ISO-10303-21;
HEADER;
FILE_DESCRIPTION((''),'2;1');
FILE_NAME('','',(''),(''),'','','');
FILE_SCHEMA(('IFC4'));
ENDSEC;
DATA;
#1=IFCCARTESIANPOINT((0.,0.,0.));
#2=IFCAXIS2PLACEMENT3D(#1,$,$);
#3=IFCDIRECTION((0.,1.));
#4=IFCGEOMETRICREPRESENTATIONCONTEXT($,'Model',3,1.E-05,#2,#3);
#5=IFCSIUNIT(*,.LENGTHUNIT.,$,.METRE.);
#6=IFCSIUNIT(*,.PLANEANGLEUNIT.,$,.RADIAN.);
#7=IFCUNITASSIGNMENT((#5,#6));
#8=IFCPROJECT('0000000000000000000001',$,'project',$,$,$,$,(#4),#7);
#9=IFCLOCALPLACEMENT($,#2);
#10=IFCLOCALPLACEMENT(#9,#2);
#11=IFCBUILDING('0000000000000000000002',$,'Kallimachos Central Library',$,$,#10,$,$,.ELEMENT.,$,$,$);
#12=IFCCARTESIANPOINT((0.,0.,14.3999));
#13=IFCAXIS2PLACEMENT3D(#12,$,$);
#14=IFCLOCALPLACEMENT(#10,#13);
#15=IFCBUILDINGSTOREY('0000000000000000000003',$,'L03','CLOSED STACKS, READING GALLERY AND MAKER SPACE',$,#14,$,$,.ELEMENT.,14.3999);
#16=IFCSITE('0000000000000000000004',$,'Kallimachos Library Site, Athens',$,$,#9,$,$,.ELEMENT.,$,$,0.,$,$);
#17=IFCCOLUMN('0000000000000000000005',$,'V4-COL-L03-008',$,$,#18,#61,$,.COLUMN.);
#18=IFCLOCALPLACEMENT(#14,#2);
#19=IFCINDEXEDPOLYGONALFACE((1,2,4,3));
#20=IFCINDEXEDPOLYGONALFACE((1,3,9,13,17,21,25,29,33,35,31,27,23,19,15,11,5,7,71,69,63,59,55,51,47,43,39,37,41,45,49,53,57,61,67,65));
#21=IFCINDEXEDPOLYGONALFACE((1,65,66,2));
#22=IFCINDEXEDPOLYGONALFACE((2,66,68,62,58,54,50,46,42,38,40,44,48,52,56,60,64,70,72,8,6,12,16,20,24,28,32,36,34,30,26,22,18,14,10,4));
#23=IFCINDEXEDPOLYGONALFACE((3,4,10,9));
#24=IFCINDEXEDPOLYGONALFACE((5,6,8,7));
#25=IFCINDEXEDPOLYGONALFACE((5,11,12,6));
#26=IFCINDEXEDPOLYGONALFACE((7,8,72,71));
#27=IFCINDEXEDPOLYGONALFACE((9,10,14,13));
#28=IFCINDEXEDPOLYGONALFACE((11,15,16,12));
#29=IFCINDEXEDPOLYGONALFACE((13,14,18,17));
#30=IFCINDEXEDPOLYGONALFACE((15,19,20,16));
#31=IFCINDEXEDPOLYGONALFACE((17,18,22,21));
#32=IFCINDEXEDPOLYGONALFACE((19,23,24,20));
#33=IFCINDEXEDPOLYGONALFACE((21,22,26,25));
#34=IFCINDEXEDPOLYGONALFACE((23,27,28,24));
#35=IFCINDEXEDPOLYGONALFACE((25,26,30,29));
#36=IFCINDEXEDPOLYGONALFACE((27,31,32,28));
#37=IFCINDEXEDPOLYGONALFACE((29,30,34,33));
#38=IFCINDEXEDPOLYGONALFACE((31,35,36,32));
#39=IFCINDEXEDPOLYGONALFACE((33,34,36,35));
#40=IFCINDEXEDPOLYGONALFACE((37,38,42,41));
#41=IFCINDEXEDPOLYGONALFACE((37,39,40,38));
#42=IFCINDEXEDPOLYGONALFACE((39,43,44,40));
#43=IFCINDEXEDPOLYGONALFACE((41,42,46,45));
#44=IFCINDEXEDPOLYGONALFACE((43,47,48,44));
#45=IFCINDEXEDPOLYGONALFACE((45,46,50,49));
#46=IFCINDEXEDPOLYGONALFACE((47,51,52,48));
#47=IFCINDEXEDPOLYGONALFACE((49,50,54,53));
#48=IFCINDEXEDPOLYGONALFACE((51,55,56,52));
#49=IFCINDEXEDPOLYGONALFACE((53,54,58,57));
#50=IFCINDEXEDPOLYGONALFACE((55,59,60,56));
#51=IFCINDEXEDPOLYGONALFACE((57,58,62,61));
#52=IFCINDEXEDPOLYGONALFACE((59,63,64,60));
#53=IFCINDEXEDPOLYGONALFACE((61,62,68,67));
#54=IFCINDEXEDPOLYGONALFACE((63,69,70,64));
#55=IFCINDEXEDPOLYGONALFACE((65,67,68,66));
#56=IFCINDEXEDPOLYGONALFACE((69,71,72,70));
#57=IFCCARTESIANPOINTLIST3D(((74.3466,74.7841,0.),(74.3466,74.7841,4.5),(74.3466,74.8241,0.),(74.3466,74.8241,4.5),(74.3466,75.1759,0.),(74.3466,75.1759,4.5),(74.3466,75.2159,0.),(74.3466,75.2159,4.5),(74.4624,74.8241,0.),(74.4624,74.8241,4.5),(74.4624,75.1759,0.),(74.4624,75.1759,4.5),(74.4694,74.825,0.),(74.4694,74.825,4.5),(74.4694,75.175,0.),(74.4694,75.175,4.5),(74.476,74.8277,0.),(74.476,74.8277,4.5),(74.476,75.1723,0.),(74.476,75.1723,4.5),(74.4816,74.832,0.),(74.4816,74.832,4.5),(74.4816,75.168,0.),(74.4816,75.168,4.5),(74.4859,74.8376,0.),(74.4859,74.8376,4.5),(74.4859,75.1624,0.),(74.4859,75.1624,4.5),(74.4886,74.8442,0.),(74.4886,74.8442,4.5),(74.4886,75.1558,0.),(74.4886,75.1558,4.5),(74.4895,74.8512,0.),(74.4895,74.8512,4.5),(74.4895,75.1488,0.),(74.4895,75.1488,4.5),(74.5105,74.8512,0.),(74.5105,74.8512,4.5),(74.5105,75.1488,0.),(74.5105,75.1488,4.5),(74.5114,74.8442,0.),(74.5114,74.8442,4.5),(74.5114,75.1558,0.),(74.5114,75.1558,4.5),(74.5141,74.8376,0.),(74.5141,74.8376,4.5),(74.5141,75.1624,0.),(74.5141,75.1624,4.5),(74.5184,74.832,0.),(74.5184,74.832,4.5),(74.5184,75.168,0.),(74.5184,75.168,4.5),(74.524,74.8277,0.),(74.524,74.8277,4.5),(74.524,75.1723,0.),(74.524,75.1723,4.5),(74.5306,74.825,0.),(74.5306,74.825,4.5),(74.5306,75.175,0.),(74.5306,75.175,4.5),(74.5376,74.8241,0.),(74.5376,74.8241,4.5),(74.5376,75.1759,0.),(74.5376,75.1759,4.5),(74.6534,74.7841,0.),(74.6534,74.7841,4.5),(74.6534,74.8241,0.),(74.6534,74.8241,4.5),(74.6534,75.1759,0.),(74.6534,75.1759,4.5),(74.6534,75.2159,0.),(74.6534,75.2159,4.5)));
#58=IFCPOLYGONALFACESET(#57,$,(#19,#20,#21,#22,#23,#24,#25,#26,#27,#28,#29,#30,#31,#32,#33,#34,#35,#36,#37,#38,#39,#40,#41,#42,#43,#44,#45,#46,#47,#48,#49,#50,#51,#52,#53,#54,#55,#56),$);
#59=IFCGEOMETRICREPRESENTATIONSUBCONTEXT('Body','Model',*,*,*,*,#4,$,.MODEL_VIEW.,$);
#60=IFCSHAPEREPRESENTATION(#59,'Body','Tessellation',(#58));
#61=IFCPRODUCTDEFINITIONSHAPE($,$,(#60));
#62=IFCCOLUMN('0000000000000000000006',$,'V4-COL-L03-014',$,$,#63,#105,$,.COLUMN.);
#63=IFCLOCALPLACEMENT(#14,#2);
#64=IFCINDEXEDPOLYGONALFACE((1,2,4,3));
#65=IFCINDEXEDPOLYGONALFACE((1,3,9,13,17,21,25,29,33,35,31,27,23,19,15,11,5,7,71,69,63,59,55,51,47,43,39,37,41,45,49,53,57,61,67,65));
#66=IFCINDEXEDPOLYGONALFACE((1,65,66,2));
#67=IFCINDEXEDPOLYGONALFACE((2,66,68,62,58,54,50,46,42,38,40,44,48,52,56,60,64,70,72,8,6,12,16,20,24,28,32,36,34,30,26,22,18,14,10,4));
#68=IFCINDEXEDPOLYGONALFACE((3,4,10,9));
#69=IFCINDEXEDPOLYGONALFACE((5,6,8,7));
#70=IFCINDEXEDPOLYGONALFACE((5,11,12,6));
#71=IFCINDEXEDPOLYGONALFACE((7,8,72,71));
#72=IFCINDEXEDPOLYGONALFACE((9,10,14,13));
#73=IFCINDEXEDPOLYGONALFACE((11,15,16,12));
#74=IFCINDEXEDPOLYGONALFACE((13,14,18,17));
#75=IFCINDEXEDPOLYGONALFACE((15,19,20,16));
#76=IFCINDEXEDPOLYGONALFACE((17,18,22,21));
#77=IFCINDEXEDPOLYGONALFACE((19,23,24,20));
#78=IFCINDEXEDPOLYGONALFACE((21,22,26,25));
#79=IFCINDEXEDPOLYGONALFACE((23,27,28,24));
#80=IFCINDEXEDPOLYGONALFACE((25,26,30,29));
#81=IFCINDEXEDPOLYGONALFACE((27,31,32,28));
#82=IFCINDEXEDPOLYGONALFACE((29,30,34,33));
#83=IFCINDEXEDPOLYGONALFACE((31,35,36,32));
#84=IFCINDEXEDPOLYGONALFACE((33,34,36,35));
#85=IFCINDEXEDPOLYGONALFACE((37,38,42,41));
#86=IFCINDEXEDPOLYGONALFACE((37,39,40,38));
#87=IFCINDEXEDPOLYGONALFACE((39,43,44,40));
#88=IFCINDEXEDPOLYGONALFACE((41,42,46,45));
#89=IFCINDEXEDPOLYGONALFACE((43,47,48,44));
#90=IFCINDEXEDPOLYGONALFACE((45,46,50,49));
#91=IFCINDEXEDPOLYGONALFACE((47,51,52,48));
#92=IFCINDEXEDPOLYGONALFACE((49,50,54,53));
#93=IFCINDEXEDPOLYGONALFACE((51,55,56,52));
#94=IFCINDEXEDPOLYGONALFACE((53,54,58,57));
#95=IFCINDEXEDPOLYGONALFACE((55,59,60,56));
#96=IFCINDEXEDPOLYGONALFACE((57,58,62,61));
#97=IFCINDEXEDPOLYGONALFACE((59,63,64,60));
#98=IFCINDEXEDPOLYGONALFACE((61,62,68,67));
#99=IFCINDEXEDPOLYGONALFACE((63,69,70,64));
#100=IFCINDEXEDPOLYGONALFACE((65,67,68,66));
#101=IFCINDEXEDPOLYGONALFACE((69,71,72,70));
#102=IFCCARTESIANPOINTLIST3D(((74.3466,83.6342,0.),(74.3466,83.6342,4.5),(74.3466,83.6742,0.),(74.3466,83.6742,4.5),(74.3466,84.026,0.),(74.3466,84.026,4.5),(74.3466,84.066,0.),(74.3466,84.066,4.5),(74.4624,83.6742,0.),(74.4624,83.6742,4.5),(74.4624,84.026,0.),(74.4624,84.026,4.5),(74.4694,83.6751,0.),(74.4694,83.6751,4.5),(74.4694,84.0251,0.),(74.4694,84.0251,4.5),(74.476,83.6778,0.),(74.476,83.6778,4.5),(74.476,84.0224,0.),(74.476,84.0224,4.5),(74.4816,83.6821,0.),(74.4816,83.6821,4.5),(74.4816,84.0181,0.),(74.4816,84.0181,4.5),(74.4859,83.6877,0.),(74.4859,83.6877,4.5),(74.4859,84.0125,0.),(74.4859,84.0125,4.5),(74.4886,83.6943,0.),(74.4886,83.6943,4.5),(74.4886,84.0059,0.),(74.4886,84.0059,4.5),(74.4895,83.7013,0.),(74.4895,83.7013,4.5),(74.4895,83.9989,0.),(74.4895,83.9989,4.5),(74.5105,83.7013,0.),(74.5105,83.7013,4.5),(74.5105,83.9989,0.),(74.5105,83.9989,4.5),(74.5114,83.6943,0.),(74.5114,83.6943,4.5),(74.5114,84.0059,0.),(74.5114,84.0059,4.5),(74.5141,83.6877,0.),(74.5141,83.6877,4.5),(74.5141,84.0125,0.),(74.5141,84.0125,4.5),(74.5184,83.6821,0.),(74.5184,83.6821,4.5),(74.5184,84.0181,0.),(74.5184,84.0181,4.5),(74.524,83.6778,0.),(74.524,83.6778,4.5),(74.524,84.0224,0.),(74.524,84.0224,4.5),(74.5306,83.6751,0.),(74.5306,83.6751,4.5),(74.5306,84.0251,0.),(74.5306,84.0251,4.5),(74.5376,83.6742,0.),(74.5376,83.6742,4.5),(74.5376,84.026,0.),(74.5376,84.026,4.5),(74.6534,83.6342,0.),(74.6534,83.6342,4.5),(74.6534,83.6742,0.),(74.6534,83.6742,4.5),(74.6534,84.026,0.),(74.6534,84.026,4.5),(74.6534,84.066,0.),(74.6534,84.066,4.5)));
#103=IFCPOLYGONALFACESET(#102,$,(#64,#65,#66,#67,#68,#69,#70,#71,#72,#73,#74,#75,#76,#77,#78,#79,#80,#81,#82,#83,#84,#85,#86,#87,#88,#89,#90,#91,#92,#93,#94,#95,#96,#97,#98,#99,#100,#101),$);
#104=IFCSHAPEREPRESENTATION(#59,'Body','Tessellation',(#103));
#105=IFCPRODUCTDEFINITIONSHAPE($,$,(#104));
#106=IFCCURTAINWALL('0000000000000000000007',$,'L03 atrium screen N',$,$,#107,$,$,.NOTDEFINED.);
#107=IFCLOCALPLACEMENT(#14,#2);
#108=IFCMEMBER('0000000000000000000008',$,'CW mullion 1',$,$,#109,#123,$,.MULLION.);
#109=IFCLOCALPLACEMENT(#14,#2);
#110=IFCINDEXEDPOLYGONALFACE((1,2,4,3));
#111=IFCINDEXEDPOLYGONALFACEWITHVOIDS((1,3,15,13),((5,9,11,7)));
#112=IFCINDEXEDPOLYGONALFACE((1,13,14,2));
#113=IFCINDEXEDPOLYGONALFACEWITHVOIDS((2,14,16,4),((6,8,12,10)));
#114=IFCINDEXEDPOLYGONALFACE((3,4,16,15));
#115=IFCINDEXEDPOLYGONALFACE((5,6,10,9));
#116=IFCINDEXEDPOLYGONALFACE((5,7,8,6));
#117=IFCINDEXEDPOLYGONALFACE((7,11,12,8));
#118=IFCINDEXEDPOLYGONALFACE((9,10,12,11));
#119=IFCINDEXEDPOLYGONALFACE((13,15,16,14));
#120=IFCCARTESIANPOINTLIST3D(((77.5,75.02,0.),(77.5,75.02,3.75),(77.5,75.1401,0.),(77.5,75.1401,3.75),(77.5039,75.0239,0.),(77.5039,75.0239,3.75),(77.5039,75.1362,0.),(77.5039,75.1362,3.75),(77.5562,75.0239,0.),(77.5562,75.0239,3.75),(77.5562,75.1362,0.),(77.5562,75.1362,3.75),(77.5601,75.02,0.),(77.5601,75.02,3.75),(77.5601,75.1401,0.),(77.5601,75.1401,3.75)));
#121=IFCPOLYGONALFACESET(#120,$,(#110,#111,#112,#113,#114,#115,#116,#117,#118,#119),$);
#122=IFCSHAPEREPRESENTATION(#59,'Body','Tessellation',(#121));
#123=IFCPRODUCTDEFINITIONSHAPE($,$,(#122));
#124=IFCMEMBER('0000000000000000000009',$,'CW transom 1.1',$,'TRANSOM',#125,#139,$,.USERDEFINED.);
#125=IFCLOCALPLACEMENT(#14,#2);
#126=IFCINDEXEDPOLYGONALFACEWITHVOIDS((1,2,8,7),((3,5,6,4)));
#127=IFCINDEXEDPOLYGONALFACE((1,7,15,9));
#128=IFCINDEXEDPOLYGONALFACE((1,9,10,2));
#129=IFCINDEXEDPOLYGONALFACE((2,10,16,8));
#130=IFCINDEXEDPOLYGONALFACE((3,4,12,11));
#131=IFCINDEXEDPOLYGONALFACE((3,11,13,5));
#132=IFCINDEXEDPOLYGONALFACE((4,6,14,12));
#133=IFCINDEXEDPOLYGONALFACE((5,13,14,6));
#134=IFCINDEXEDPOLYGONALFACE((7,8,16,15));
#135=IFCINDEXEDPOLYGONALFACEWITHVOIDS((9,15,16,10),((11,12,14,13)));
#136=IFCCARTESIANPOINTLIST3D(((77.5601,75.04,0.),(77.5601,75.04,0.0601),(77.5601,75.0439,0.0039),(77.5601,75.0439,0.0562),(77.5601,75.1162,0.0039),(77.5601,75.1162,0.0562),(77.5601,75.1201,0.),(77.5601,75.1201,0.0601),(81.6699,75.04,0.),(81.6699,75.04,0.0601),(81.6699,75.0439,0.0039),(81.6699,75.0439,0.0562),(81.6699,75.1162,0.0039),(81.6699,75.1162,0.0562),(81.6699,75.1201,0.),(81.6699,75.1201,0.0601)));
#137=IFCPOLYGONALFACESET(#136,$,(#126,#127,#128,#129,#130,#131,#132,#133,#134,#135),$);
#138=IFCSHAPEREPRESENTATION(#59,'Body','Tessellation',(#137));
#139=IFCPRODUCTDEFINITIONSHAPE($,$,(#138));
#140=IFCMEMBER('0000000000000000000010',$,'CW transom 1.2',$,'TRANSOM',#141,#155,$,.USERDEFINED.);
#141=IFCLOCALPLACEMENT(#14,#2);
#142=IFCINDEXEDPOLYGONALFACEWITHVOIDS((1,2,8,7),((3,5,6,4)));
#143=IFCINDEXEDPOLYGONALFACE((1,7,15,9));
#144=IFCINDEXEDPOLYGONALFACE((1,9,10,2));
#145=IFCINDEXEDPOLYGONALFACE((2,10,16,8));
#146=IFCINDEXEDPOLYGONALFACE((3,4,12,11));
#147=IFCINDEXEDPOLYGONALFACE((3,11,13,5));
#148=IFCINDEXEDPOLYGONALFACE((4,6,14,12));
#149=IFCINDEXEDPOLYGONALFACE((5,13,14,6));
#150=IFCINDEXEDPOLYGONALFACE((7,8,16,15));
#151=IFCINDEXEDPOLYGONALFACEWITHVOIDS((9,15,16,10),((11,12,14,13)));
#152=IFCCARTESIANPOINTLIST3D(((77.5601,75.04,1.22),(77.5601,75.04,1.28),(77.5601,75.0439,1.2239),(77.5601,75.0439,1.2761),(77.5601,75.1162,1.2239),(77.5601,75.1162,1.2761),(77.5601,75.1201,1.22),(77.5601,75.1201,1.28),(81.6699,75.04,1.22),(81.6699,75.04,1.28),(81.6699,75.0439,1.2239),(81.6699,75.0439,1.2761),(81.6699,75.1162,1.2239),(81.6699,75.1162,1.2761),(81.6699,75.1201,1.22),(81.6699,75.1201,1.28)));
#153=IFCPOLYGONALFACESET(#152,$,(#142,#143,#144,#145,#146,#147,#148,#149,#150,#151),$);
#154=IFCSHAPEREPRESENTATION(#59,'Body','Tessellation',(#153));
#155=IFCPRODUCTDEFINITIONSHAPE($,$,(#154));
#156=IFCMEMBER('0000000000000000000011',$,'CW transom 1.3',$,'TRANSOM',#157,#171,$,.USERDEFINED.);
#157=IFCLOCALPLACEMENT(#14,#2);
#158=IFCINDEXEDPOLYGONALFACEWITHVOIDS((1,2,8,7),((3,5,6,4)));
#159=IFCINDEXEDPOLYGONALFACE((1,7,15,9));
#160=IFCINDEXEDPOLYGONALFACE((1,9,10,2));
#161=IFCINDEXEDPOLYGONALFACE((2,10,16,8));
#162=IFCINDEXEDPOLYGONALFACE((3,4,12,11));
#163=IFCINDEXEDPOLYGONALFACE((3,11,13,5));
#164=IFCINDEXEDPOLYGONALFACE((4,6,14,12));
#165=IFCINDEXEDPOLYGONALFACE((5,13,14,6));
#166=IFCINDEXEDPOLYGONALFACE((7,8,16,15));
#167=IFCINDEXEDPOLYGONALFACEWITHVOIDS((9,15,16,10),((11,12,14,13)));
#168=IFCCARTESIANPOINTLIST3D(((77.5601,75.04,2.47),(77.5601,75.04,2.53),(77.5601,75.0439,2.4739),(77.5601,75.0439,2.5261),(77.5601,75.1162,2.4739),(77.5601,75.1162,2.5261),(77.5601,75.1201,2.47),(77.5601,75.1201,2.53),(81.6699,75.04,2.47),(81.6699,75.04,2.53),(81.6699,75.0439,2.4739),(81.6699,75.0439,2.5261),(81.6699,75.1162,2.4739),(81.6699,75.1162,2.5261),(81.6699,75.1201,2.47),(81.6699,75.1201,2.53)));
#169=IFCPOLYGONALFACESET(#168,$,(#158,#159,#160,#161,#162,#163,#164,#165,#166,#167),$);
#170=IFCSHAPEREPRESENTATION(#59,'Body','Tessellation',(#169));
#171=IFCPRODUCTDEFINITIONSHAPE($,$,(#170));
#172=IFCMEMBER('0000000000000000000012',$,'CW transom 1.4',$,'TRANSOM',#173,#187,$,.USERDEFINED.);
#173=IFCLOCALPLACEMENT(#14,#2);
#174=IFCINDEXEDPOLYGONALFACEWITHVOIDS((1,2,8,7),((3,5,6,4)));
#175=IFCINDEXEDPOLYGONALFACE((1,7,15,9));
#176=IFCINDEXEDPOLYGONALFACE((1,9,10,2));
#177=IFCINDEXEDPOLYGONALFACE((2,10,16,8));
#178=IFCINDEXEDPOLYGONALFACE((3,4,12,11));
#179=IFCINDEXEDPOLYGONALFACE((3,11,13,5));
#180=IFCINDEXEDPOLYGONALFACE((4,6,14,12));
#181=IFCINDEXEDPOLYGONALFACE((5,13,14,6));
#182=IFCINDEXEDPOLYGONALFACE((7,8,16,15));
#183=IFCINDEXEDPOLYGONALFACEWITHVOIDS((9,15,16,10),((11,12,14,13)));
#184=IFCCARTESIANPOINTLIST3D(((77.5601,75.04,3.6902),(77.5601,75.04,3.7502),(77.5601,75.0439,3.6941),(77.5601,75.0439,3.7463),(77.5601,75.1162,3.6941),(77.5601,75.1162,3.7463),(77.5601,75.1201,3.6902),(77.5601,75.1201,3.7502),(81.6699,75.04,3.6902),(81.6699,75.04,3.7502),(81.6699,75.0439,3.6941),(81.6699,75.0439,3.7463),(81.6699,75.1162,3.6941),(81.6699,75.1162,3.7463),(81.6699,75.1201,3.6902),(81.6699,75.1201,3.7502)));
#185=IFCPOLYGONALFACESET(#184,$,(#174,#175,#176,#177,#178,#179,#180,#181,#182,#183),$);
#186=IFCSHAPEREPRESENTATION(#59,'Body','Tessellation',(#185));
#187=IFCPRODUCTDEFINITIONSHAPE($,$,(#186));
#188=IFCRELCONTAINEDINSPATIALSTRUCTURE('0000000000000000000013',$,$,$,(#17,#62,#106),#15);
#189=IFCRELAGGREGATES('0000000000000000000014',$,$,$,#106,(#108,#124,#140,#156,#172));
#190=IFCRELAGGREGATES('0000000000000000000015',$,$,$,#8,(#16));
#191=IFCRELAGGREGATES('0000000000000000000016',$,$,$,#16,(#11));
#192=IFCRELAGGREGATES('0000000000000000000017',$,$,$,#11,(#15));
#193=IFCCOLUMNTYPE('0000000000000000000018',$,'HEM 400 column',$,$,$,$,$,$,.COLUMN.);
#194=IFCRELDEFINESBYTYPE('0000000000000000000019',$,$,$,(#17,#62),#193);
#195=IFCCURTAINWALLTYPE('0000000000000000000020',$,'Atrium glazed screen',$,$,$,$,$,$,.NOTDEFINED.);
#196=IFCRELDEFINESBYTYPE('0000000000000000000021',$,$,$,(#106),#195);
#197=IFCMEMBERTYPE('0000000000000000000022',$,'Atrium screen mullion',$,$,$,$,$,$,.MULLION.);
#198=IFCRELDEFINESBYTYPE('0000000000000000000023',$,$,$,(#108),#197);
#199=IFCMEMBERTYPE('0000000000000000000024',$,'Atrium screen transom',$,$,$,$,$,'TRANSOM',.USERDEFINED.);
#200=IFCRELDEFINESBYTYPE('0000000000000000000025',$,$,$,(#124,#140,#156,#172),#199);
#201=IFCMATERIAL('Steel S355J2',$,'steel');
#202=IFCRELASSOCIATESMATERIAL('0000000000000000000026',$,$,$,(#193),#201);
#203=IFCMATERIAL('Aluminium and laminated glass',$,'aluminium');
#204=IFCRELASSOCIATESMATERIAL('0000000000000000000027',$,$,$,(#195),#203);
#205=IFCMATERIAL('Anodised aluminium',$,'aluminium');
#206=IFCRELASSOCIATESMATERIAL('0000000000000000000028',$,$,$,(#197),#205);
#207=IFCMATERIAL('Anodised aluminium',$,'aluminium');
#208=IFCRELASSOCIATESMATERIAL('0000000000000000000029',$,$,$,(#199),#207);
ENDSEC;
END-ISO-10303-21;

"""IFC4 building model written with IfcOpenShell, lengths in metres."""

from ifc_helpers import new_model, si_unit, direction, frame, origin, origin_2d, place, context, subcontext, project, spatial, hollow_rectangle, i_section, extrude, material, material_profile, profile_set, type_object, element, aggregate, save


model = new_model("IFC4")

# Units and contexts
model_context = context("Model", 3, precision=1e-05, world=origin(), true_north=direction((0.0, 1.0)))
body_context = subcontext(model_context, "Body", "Model", "MODEL_VIEW")
ifc_project = project(units=[si_unit("LENGTHUNIT", "METRE"), si_unit("PLANEANGLEUNIT", "RADIAN")], contexts=[model_context])

# Site, building, storey
site_placement = place(None, origin())
site = spatial("IfcSite", under=ifc_project, at=site_placement, Name="Kallimachos Library Site, Athens", CompositionType="ELEMENT", RefElevation=0.0)
building_placement = place(site_placement, origin())
building = spatial("IfcBuilding", under=site, at=building_placement, Name="Kallimachos Central Library", CompositionType="ELEMENT")
storey_placement = place(building_placement, frame((0.0, 0.0, 14.3999)))
storey = spatial("IfcBuildingStorey", under=building, at=storey_placement, Name="L03", Description="CLOSED STACKS, READING GALLERY AND MAKER SPACE", CompositionType="ELEMENT", Elevation=14.3999)

# Columns
ifc_material_1 = material(Name="Steel S355J2", Category="steel")
ifc_material_profile_1 = material_profile(ifc_material_1, i_section(OverallWidth=0.3069, OverallDepth=0.4319, WebThickness=0.021, FlangeThickness=0.04, FilletRadius=0.0271, at=origin_2d()), Name="HEM 400")
ifc_profile_set_1 = profile_set([ifc_material_profile_1], Name="Steel S355J2")
column_type = type_object("IfcColumnType", Name="HEM 400 column", PredefinedType="COLUMN", material=ifc_profile_set_1)
for number, where, z_axis, x_axis, name in (
    (1, (74.5, 75.0, 0.0), (0.0, 0.0, 1.0), (1.0, 0.0, 0.0), "V4-COL-L03-008"),
    (2, (74.5, 83.8501, 0.0), (0.0, 0.0, 1.0), (1.0, 0.0, 0.0), "V4-COL-L03-014"),
):
    element("IfcColumn", number, at=place(storey_placement, frame(where, z_axis=z_axis, x_axis=x_axis)), inside=storey, type_object=column_type, Name=name, PredefinedType="COLUMN", context=body_context, shape_type="SweptSolid", body=[
        extrude(i_section(OverallWidth=0.3069, OverallDepth=0.4319, WebThickness=0.021, FlangeThickness=0.04, FilletRadius=0.0271, at=origin_2d()), origin(), (0.0, 0.0, 1.0), 4.5),
    ])

# Curtain wall, members
ifc_material_2 = material(Name="Aluminium and laminated glass", Category="aluminium")
curtain_wall_type_1 = type_object("IfcCurtainWallType", Name="Atrium glazed screen", PredefinedType="NOTDEFINED", material=ifc_material_2)
curtain_wall_1_placement = place(storey_placement, origin())
curtain_wall_1 = element("IfcCurtainWall", 3, at=curtain_wall_1_placement, inside=storey, type_object=curtain_wall_type_1, Name="L03 atrium screen N", PredefinedType="NOTDEFINED")
ifc_material_3 = material(Name="Anodised aluminium", Category="aluminium")
ifc_material_profile_2 = material_profile(ifc_material_3, hollow_rectangle(XDim=0.0601, YDim=0.1201, WallThickness=0.0039, at=origin_2d()), Name="ALU MULLION 60x120")
ifc_profile_set_2 = profile_set([ifc_material_profile_2], Name="Anodised aluminium")
member_type_1 = type_object("IfcMemberType", Name="Atrium screen mullion", PredefinedType="MULLION", material=ifc_profile_set_2)
member_1_placement = place(storey_placement, frame((77.53, 75.0801, 0.0), z_axis=(0.0, 0.0, 1.0), x_axis=(1.0, 0.0, 0.0)))
member_1 = element("IfcMember", 4, at=member_1_placement, type_object=member_type_1, Name="CW mullion 1", PredefinedType="MULLION", context=body_context, shape_type="SweptSolid", body=[
    extrude(hollow_rectangle(XDim=0.0601, YDim=0.1201, WallThickness=0.0039, at=origin_2d()), origin(), (0.0, 0.0, 1.0), 3.75),
])
ifc_material_4 = material(Name="Anodised aluminium", Category="aluminium")
ifc_material_profile_3 = material_profile(ifc_material_4, hollow_rectangle(XDim=0.0601, YDim=0.0801, WallThickness=0.0039, at=origin_2d()), Name="ALU TRANSOM 60x80")
ifc_profile_set_3 = profile_set([ifc_material_profile_3], Name="Anodised aluminium")
member_type_2 = type_object("IfcMemberType", Name="Atrium screen transom", ElementType="TRANSOM", PredefinedType="USERDEFINED", material=ifc_profile_set_3)
member_2_placement = place(storey_placement, frame((77.5601, 75.0801, 0.03), z_axis=(1.0, 0.0, 0.0), x_axis=(0.0, 0.0, 1.0)))
member_2 = element("IfcMember", 5, at=member_2_placement, type_object=member_type_2, Name="CW transom 1.1", ObjectType="TRANSOM", PredefinedType="USERDEFINED", context=body_context, shape_type="SweptSolid", body=[
    extrude(hollow_rectangle(XDim=0.0601, YDim=0.0801, WallThickness=0.0039, at=origin_2d()), origin(), (0.0, 0.0, 1.0), 4.1099),
])
member_3_placement = place(storey_placement, frame((77.5601, 75.0801, 1.25), z_axis=(1.0, 0.0, 0.0), x_axis=(0.0, 0.0, 1.0)))
member_3 = element("IfcMember", 6, at=member_3_placement, type_object=member_type_2, Name="CW transom 1.2", ObjectType="TRANSOM", PredefinedType="USERDEFINED", context=body_context, shape_type="SweptSolid", body=[
    extrude(hollow_rectangle(XDim=0.0601, YDim=0.0801, WallThickness=0.0039, at=origin_2d()), origin(), (0.0, 0.0, 1.0), 4.1099),
])
member_4_placement = place(storey_placement, frame((77.5601, 75.0801, 2.5), z_axis=(1.0, 0.0, 0.0), x_axis=(0.0, 0.0, 1.0)))
member_4 = element("IfcMember", 7, at=member_4_placement, type_object=member_type_2, Name="CW transom 1.3", ObjectType="TRANSOM", PredefinedType="USERDEFINED", context=body_context, shape_type="SweptSolid", body=[
    extrude(hollow_rectangle(XDim=0.0601, YDim=0.0801, WallThickness=0.0039, at=origin_2d()), origin(), (0.0, 0.0, 1.0), 4.1099),
])
member_5_placement = place(storey_placement, frame((77.5601, 75.0801, 3.7202), z_axis=(1.0, 0.0, 0.0), x_axis=(0.0, 0.0, 1.0)))
member_5 = element("IfcMember", 8, at=member_5_placement, type_object=member_type_2, Name="CW transom 1.4", ObjectType="TRANSOM", PredefinedType="USERDEFINED", context=body_context, shape_type="SweptSolid", body=[
    extrude(hollow_rectangle(XDim=0.0601, YDim=0.0801, WallThickness=0.0039, at=origin_2d()), origin(), (0.0, 0.0, 1.0), 4.1099),
])

aggregate(curtain_wall_1, [member_1, member_2, member_3, member_4, member_5])

save(model, "model.ifc")
